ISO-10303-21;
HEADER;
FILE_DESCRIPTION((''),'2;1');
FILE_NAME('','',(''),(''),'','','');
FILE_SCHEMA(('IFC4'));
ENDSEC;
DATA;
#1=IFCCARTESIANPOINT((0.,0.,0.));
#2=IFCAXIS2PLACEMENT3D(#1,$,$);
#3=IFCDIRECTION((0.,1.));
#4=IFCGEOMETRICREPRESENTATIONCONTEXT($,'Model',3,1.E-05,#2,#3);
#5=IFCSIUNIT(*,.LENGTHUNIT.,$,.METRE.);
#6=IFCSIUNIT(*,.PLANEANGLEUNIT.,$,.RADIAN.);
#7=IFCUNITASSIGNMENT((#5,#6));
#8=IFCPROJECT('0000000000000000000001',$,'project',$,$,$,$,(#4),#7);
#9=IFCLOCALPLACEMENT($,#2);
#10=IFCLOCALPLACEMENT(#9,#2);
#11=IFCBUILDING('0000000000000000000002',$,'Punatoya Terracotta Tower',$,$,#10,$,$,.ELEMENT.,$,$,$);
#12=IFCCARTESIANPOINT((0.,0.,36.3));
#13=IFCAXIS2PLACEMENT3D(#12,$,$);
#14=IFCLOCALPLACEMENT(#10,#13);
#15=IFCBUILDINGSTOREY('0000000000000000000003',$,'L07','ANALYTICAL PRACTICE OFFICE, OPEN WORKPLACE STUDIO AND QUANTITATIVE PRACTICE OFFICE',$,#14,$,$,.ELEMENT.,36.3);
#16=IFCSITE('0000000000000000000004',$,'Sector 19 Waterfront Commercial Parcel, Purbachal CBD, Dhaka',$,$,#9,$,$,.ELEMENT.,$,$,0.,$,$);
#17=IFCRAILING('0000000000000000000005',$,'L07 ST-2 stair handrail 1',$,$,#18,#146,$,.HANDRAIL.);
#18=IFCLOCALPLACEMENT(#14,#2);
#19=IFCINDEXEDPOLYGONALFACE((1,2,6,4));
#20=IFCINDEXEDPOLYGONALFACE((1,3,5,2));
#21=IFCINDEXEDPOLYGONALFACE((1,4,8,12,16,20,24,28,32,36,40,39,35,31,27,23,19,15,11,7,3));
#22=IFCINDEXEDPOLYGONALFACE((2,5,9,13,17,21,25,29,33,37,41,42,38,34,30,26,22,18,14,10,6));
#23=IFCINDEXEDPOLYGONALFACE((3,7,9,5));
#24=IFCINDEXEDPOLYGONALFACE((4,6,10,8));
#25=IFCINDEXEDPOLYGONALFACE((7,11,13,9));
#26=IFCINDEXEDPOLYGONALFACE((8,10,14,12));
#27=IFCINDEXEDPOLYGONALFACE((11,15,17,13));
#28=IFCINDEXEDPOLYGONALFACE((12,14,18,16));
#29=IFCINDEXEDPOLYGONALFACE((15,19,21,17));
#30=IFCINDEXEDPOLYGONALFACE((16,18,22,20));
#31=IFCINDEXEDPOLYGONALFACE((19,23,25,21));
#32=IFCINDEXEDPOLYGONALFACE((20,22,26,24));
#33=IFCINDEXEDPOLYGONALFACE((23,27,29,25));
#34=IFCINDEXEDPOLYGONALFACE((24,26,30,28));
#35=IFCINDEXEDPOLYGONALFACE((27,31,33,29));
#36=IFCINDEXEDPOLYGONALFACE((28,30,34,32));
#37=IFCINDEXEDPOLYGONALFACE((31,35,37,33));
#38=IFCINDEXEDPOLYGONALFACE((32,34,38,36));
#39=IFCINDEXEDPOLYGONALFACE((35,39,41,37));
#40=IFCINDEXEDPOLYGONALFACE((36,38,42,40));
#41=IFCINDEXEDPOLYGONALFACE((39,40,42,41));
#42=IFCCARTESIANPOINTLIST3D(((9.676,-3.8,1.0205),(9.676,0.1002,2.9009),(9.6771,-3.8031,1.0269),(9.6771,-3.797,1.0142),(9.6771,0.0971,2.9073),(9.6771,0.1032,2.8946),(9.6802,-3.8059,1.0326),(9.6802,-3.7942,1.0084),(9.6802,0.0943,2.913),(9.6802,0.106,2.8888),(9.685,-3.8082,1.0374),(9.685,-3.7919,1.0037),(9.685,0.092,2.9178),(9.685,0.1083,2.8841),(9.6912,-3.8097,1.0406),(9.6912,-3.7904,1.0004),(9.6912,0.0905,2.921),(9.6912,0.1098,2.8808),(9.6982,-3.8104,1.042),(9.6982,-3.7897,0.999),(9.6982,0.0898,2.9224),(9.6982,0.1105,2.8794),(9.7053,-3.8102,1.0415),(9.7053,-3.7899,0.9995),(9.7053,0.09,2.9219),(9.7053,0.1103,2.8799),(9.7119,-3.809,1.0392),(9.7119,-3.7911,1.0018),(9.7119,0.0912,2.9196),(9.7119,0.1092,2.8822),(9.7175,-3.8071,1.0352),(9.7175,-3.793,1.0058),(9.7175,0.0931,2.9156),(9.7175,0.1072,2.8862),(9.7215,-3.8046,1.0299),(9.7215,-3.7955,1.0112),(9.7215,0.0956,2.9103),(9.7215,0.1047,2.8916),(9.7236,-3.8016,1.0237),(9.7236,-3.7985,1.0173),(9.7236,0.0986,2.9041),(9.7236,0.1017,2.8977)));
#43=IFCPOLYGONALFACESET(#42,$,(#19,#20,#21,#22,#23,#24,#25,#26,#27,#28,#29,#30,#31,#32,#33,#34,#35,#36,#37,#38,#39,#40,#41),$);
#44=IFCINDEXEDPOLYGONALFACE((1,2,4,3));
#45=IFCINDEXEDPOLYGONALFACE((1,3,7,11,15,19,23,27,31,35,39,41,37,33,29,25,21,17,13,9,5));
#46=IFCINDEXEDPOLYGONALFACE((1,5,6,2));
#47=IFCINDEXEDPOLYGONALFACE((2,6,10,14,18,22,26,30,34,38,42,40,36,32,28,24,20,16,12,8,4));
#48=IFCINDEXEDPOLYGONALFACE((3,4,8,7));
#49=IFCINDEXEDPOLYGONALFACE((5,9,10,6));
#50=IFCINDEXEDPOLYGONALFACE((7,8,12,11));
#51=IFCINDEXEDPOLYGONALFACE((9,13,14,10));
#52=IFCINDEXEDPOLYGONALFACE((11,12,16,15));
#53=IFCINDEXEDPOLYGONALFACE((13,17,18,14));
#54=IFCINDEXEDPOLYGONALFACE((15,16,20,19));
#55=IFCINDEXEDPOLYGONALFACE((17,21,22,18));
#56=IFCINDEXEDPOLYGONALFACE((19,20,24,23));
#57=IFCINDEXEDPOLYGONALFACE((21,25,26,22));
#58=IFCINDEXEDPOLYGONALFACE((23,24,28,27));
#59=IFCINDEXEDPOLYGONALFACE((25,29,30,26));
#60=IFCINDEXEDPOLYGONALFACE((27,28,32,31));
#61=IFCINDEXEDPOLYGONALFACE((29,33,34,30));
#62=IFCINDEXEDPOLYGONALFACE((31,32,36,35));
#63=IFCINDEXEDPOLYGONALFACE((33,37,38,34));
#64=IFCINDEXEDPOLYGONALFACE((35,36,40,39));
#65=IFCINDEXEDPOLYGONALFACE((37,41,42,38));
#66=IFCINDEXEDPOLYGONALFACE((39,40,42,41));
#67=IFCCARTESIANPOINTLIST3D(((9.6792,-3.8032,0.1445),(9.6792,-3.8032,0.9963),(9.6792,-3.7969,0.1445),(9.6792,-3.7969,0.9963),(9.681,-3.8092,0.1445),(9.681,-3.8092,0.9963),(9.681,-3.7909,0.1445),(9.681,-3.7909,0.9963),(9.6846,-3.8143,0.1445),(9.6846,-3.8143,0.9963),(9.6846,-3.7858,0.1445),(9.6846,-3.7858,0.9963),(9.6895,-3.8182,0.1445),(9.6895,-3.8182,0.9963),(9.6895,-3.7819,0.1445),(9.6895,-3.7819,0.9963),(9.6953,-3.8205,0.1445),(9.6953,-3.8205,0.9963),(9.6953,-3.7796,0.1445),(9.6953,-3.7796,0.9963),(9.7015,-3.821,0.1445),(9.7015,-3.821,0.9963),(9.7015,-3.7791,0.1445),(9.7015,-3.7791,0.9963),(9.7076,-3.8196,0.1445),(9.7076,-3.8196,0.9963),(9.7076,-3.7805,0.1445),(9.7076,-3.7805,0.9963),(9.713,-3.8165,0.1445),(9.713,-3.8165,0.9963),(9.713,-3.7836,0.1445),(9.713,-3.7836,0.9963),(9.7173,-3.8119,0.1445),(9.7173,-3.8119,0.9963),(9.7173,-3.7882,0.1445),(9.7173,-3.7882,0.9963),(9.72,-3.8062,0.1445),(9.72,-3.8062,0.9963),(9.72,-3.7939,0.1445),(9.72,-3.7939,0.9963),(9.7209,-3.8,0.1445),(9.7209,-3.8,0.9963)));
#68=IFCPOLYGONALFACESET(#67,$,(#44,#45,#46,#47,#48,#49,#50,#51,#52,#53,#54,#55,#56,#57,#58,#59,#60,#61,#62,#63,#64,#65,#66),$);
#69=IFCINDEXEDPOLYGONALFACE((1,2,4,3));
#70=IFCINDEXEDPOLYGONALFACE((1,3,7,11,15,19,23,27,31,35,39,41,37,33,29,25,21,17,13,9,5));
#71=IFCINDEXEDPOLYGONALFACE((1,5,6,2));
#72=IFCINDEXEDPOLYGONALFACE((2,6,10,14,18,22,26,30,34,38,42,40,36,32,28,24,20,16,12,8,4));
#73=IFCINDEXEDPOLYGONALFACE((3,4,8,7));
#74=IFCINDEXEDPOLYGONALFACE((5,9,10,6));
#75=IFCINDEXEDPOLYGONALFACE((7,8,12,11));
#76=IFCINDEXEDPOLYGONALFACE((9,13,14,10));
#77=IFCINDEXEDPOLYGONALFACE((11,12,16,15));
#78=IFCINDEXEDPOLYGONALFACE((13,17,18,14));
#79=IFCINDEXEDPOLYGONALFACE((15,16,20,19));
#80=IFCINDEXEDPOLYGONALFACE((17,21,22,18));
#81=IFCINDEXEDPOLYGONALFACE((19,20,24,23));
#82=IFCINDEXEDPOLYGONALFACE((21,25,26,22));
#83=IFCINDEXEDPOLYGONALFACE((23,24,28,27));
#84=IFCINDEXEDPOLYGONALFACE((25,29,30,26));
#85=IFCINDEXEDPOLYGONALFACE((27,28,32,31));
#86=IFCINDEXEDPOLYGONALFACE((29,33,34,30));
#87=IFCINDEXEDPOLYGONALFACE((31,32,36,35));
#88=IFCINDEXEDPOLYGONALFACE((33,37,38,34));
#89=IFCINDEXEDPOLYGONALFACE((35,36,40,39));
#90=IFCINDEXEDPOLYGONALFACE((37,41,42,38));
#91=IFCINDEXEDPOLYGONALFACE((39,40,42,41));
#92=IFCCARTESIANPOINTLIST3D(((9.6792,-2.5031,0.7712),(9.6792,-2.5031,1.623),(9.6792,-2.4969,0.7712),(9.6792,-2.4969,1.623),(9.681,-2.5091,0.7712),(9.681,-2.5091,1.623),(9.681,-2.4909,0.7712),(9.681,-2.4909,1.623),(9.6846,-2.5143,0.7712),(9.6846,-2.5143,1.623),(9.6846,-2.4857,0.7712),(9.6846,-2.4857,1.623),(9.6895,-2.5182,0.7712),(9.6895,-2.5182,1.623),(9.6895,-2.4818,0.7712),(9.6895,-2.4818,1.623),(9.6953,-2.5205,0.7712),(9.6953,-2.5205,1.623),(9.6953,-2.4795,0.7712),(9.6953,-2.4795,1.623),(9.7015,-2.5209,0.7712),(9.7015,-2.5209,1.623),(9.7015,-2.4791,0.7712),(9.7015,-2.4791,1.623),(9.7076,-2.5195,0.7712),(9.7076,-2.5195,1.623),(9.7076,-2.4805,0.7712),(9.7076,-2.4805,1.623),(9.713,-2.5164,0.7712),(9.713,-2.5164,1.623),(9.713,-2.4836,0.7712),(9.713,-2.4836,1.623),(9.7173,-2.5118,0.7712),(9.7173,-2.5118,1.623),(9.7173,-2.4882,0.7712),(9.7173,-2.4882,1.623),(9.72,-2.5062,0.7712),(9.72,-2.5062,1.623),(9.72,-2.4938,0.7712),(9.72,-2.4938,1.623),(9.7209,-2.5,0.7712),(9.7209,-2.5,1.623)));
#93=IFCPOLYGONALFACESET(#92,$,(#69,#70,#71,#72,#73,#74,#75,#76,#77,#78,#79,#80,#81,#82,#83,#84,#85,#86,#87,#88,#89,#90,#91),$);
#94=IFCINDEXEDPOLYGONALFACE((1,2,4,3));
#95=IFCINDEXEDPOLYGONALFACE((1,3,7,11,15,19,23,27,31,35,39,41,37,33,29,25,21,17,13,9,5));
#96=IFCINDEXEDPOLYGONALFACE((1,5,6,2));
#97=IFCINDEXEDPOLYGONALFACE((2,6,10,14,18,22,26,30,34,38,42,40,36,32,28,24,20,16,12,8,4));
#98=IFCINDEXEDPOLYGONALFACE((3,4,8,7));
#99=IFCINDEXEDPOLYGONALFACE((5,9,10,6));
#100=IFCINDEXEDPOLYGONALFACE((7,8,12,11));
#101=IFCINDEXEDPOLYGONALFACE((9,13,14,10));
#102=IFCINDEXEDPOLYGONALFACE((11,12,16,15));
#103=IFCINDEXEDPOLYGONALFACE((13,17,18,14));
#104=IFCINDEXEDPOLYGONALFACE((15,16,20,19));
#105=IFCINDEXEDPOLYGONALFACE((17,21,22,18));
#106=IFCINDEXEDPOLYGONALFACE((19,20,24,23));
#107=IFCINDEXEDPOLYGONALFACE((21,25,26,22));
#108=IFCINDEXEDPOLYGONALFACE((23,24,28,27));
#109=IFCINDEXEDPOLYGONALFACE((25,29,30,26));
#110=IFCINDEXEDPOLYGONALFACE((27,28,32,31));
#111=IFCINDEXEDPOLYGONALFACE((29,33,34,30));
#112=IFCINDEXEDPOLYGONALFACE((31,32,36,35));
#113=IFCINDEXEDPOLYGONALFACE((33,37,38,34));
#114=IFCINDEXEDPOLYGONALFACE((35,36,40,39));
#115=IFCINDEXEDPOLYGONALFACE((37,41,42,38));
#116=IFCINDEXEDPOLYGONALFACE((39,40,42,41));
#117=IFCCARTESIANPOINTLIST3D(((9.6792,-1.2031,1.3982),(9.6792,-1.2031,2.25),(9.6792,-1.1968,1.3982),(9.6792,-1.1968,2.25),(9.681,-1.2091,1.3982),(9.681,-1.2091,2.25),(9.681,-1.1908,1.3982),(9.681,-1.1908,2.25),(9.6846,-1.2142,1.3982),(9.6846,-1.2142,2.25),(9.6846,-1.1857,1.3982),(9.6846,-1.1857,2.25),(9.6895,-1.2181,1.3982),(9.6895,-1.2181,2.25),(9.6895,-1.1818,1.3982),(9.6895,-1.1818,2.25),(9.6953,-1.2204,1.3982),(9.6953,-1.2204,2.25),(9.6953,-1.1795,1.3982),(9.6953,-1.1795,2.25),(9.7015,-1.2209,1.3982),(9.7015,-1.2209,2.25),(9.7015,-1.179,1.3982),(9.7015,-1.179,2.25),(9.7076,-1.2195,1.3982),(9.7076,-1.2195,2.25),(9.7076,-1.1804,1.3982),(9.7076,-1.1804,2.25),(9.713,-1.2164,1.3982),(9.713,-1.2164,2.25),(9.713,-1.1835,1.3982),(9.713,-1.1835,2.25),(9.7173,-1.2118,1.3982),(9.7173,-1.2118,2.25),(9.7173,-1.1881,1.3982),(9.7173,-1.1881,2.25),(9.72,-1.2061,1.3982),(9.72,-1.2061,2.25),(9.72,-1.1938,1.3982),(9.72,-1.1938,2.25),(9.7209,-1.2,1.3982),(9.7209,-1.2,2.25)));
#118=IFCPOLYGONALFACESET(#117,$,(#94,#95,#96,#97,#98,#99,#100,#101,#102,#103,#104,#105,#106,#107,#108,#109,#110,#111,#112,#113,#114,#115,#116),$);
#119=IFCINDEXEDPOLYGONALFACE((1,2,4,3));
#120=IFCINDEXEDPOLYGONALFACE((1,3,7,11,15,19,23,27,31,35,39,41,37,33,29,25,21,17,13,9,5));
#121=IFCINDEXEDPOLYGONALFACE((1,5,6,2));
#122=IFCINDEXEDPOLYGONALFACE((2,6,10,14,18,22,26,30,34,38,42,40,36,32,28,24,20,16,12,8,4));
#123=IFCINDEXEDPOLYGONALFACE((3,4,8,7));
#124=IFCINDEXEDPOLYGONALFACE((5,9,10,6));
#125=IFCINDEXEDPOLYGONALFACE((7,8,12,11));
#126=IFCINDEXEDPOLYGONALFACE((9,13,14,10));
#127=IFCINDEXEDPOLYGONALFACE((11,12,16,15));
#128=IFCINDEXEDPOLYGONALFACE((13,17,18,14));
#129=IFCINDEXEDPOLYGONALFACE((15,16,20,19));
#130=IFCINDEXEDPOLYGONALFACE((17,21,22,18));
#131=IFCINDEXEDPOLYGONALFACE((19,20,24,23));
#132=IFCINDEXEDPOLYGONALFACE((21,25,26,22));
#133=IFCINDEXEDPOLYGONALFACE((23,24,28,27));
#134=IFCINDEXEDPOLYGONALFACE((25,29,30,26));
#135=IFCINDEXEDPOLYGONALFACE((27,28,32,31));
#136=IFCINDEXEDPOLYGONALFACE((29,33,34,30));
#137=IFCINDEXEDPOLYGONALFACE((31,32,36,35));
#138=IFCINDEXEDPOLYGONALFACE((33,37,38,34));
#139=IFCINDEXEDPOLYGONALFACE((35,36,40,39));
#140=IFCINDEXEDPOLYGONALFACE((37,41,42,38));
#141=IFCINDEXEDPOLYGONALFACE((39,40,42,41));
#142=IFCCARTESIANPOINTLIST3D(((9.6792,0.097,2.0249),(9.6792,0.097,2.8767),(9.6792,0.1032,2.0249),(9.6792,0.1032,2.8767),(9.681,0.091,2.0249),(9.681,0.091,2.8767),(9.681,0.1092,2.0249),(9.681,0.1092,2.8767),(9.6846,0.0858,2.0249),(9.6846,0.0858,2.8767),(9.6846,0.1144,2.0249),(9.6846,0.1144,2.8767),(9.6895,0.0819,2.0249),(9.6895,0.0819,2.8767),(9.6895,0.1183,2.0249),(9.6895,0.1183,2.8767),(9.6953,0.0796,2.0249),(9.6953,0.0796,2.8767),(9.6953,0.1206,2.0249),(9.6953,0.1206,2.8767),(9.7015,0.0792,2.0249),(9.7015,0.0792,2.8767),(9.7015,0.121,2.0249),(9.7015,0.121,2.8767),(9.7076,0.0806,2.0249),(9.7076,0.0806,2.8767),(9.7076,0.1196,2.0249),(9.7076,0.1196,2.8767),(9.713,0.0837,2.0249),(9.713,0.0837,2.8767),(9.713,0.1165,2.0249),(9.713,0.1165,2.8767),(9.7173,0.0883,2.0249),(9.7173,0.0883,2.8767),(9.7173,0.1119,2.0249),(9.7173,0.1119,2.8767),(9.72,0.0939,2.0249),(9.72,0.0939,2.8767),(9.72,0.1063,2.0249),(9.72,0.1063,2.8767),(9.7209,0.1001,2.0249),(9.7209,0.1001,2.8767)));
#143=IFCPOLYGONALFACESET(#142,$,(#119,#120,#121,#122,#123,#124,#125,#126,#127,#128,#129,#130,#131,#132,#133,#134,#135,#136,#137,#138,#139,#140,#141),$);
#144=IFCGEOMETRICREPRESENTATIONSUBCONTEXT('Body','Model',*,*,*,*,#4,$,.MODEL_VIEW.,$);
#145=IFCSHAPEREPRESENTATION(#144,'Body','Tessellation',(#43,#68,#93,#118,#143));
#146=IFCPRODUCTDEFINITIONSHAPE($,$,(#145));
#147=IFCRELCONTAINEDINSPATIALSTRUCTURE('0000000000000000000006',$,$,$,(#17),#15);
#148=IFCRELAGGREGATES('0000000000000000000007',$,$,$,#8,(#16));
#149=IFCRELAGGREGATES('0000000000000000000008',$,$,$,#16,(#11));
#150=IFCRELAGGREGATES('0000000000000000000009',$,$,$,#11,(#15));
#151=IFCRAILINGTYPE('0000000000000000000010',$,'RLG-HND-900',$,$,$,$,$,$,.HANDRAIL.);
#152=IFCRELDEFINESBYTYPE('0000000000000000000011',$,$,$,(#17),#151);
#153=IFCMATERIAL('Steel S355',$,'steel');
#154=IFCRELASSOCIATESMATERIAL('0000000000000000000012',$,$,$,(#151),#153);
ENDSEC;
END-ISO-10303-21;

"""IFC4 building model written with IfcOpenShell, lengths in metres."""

from ifc_helpers import new_model, si_unit, direction, frame, origin, origin_2d, place, context, subcontext, project, spatial, circle, extrude, material, type_object, element, save


model = new_model("IFC4")

# Units and contexts
model_context = context("Model", 3, precision=1e-05, world=origin(), true_north=direction((0.0, 1.0)))
body_context = subcontext(model_context, "Body", "Model", "MODEL_VIEW")
ifc_project = project(units=[si_unit("LENGTHUNIT", "METRE"), si_unit("PLANEANGLEUNIT", "RADIAN")], contexts=[model_context])

# Site, building, storey
site_placement = place(None, origin())
site = spatial("IfcSite", under=ifc_project, at=site_placement, Name="Sector 19 Waterfront Commercial Parcel, Purbachal CBD, Dhaka", CompositionType="ELEMENT", RefElevation=0.0)
building_placement = place(site_placement, origin())
building = spatial("IfcBuilding", under=site, at=building_placement, Name="Punatoya Terracotta Tower", CompositionType="ELEMENT")
storey_placement = place(building_placement, frame((0.0, 0.0, 36.3)))
storey = spatial("IfcBuildingStorey", under=building, at=storey_placement, Name="L07", Description="ANALYTICAL PRACTICE OFFICE, OPEN WORKPLACE STUDIO AND QUANTITATIVE PRACTICE OFFICE", CompositionType="ELEMENT", Elevation=36.3)

# Shared definitions
ifc_material_1 = material(Name="Steel S355", Category="steel")

# Railing
railing_type_1 = type_object("IfcRailingType", Name="RLG-HND-900", PredefinedType="HANDRAIL", material=ifc_material_1)
railing_1_placement = place(storey_placement, frame((9.7, -3.8, 0.1445)))
element("IfcRailing", 1, at=railing_1_placement, inside=storey, type_object=railing_type_1, Name="L07 ST-2 stair handrail 1", PredefinedType="HANDRAIL", context=body_context, shape_type="SweptSolid", body=[
    extrude(circle(Radius=0.0239, at=origin_2d()), frame((0.0, 0.0, 0.876), z_axis=(0.0, 0.900774, 0.434289), x_axis=(-1.0, 0.0, 0.0)), (0.0, 0.0, 1.0), 4.3298),
    extrude(circle(Radius=0.021, at=origin_2d()), origin(), (0.0, 0.0, 1.0), 0.8518),
    extrude(circle(Radius=0.021, at=origin_2d()), frame((0.0, 1.3, 0.6267)), (0.0, 0.0, 1.0), 0.8518),
    extrude(circle(Radius=0.021, at=origin_2d()), frame((0.0, 2.6001, 1.2537)), (0.0, 0.0, 1.0), 0.8518),
    extrude(circle(Radius=0.021, at=origin_2d()), frame((0.0, 3.9001, 1.8804)), (0.0, 0.0, 1.0), 0.8518),
])

save(model, "model.ifc")
